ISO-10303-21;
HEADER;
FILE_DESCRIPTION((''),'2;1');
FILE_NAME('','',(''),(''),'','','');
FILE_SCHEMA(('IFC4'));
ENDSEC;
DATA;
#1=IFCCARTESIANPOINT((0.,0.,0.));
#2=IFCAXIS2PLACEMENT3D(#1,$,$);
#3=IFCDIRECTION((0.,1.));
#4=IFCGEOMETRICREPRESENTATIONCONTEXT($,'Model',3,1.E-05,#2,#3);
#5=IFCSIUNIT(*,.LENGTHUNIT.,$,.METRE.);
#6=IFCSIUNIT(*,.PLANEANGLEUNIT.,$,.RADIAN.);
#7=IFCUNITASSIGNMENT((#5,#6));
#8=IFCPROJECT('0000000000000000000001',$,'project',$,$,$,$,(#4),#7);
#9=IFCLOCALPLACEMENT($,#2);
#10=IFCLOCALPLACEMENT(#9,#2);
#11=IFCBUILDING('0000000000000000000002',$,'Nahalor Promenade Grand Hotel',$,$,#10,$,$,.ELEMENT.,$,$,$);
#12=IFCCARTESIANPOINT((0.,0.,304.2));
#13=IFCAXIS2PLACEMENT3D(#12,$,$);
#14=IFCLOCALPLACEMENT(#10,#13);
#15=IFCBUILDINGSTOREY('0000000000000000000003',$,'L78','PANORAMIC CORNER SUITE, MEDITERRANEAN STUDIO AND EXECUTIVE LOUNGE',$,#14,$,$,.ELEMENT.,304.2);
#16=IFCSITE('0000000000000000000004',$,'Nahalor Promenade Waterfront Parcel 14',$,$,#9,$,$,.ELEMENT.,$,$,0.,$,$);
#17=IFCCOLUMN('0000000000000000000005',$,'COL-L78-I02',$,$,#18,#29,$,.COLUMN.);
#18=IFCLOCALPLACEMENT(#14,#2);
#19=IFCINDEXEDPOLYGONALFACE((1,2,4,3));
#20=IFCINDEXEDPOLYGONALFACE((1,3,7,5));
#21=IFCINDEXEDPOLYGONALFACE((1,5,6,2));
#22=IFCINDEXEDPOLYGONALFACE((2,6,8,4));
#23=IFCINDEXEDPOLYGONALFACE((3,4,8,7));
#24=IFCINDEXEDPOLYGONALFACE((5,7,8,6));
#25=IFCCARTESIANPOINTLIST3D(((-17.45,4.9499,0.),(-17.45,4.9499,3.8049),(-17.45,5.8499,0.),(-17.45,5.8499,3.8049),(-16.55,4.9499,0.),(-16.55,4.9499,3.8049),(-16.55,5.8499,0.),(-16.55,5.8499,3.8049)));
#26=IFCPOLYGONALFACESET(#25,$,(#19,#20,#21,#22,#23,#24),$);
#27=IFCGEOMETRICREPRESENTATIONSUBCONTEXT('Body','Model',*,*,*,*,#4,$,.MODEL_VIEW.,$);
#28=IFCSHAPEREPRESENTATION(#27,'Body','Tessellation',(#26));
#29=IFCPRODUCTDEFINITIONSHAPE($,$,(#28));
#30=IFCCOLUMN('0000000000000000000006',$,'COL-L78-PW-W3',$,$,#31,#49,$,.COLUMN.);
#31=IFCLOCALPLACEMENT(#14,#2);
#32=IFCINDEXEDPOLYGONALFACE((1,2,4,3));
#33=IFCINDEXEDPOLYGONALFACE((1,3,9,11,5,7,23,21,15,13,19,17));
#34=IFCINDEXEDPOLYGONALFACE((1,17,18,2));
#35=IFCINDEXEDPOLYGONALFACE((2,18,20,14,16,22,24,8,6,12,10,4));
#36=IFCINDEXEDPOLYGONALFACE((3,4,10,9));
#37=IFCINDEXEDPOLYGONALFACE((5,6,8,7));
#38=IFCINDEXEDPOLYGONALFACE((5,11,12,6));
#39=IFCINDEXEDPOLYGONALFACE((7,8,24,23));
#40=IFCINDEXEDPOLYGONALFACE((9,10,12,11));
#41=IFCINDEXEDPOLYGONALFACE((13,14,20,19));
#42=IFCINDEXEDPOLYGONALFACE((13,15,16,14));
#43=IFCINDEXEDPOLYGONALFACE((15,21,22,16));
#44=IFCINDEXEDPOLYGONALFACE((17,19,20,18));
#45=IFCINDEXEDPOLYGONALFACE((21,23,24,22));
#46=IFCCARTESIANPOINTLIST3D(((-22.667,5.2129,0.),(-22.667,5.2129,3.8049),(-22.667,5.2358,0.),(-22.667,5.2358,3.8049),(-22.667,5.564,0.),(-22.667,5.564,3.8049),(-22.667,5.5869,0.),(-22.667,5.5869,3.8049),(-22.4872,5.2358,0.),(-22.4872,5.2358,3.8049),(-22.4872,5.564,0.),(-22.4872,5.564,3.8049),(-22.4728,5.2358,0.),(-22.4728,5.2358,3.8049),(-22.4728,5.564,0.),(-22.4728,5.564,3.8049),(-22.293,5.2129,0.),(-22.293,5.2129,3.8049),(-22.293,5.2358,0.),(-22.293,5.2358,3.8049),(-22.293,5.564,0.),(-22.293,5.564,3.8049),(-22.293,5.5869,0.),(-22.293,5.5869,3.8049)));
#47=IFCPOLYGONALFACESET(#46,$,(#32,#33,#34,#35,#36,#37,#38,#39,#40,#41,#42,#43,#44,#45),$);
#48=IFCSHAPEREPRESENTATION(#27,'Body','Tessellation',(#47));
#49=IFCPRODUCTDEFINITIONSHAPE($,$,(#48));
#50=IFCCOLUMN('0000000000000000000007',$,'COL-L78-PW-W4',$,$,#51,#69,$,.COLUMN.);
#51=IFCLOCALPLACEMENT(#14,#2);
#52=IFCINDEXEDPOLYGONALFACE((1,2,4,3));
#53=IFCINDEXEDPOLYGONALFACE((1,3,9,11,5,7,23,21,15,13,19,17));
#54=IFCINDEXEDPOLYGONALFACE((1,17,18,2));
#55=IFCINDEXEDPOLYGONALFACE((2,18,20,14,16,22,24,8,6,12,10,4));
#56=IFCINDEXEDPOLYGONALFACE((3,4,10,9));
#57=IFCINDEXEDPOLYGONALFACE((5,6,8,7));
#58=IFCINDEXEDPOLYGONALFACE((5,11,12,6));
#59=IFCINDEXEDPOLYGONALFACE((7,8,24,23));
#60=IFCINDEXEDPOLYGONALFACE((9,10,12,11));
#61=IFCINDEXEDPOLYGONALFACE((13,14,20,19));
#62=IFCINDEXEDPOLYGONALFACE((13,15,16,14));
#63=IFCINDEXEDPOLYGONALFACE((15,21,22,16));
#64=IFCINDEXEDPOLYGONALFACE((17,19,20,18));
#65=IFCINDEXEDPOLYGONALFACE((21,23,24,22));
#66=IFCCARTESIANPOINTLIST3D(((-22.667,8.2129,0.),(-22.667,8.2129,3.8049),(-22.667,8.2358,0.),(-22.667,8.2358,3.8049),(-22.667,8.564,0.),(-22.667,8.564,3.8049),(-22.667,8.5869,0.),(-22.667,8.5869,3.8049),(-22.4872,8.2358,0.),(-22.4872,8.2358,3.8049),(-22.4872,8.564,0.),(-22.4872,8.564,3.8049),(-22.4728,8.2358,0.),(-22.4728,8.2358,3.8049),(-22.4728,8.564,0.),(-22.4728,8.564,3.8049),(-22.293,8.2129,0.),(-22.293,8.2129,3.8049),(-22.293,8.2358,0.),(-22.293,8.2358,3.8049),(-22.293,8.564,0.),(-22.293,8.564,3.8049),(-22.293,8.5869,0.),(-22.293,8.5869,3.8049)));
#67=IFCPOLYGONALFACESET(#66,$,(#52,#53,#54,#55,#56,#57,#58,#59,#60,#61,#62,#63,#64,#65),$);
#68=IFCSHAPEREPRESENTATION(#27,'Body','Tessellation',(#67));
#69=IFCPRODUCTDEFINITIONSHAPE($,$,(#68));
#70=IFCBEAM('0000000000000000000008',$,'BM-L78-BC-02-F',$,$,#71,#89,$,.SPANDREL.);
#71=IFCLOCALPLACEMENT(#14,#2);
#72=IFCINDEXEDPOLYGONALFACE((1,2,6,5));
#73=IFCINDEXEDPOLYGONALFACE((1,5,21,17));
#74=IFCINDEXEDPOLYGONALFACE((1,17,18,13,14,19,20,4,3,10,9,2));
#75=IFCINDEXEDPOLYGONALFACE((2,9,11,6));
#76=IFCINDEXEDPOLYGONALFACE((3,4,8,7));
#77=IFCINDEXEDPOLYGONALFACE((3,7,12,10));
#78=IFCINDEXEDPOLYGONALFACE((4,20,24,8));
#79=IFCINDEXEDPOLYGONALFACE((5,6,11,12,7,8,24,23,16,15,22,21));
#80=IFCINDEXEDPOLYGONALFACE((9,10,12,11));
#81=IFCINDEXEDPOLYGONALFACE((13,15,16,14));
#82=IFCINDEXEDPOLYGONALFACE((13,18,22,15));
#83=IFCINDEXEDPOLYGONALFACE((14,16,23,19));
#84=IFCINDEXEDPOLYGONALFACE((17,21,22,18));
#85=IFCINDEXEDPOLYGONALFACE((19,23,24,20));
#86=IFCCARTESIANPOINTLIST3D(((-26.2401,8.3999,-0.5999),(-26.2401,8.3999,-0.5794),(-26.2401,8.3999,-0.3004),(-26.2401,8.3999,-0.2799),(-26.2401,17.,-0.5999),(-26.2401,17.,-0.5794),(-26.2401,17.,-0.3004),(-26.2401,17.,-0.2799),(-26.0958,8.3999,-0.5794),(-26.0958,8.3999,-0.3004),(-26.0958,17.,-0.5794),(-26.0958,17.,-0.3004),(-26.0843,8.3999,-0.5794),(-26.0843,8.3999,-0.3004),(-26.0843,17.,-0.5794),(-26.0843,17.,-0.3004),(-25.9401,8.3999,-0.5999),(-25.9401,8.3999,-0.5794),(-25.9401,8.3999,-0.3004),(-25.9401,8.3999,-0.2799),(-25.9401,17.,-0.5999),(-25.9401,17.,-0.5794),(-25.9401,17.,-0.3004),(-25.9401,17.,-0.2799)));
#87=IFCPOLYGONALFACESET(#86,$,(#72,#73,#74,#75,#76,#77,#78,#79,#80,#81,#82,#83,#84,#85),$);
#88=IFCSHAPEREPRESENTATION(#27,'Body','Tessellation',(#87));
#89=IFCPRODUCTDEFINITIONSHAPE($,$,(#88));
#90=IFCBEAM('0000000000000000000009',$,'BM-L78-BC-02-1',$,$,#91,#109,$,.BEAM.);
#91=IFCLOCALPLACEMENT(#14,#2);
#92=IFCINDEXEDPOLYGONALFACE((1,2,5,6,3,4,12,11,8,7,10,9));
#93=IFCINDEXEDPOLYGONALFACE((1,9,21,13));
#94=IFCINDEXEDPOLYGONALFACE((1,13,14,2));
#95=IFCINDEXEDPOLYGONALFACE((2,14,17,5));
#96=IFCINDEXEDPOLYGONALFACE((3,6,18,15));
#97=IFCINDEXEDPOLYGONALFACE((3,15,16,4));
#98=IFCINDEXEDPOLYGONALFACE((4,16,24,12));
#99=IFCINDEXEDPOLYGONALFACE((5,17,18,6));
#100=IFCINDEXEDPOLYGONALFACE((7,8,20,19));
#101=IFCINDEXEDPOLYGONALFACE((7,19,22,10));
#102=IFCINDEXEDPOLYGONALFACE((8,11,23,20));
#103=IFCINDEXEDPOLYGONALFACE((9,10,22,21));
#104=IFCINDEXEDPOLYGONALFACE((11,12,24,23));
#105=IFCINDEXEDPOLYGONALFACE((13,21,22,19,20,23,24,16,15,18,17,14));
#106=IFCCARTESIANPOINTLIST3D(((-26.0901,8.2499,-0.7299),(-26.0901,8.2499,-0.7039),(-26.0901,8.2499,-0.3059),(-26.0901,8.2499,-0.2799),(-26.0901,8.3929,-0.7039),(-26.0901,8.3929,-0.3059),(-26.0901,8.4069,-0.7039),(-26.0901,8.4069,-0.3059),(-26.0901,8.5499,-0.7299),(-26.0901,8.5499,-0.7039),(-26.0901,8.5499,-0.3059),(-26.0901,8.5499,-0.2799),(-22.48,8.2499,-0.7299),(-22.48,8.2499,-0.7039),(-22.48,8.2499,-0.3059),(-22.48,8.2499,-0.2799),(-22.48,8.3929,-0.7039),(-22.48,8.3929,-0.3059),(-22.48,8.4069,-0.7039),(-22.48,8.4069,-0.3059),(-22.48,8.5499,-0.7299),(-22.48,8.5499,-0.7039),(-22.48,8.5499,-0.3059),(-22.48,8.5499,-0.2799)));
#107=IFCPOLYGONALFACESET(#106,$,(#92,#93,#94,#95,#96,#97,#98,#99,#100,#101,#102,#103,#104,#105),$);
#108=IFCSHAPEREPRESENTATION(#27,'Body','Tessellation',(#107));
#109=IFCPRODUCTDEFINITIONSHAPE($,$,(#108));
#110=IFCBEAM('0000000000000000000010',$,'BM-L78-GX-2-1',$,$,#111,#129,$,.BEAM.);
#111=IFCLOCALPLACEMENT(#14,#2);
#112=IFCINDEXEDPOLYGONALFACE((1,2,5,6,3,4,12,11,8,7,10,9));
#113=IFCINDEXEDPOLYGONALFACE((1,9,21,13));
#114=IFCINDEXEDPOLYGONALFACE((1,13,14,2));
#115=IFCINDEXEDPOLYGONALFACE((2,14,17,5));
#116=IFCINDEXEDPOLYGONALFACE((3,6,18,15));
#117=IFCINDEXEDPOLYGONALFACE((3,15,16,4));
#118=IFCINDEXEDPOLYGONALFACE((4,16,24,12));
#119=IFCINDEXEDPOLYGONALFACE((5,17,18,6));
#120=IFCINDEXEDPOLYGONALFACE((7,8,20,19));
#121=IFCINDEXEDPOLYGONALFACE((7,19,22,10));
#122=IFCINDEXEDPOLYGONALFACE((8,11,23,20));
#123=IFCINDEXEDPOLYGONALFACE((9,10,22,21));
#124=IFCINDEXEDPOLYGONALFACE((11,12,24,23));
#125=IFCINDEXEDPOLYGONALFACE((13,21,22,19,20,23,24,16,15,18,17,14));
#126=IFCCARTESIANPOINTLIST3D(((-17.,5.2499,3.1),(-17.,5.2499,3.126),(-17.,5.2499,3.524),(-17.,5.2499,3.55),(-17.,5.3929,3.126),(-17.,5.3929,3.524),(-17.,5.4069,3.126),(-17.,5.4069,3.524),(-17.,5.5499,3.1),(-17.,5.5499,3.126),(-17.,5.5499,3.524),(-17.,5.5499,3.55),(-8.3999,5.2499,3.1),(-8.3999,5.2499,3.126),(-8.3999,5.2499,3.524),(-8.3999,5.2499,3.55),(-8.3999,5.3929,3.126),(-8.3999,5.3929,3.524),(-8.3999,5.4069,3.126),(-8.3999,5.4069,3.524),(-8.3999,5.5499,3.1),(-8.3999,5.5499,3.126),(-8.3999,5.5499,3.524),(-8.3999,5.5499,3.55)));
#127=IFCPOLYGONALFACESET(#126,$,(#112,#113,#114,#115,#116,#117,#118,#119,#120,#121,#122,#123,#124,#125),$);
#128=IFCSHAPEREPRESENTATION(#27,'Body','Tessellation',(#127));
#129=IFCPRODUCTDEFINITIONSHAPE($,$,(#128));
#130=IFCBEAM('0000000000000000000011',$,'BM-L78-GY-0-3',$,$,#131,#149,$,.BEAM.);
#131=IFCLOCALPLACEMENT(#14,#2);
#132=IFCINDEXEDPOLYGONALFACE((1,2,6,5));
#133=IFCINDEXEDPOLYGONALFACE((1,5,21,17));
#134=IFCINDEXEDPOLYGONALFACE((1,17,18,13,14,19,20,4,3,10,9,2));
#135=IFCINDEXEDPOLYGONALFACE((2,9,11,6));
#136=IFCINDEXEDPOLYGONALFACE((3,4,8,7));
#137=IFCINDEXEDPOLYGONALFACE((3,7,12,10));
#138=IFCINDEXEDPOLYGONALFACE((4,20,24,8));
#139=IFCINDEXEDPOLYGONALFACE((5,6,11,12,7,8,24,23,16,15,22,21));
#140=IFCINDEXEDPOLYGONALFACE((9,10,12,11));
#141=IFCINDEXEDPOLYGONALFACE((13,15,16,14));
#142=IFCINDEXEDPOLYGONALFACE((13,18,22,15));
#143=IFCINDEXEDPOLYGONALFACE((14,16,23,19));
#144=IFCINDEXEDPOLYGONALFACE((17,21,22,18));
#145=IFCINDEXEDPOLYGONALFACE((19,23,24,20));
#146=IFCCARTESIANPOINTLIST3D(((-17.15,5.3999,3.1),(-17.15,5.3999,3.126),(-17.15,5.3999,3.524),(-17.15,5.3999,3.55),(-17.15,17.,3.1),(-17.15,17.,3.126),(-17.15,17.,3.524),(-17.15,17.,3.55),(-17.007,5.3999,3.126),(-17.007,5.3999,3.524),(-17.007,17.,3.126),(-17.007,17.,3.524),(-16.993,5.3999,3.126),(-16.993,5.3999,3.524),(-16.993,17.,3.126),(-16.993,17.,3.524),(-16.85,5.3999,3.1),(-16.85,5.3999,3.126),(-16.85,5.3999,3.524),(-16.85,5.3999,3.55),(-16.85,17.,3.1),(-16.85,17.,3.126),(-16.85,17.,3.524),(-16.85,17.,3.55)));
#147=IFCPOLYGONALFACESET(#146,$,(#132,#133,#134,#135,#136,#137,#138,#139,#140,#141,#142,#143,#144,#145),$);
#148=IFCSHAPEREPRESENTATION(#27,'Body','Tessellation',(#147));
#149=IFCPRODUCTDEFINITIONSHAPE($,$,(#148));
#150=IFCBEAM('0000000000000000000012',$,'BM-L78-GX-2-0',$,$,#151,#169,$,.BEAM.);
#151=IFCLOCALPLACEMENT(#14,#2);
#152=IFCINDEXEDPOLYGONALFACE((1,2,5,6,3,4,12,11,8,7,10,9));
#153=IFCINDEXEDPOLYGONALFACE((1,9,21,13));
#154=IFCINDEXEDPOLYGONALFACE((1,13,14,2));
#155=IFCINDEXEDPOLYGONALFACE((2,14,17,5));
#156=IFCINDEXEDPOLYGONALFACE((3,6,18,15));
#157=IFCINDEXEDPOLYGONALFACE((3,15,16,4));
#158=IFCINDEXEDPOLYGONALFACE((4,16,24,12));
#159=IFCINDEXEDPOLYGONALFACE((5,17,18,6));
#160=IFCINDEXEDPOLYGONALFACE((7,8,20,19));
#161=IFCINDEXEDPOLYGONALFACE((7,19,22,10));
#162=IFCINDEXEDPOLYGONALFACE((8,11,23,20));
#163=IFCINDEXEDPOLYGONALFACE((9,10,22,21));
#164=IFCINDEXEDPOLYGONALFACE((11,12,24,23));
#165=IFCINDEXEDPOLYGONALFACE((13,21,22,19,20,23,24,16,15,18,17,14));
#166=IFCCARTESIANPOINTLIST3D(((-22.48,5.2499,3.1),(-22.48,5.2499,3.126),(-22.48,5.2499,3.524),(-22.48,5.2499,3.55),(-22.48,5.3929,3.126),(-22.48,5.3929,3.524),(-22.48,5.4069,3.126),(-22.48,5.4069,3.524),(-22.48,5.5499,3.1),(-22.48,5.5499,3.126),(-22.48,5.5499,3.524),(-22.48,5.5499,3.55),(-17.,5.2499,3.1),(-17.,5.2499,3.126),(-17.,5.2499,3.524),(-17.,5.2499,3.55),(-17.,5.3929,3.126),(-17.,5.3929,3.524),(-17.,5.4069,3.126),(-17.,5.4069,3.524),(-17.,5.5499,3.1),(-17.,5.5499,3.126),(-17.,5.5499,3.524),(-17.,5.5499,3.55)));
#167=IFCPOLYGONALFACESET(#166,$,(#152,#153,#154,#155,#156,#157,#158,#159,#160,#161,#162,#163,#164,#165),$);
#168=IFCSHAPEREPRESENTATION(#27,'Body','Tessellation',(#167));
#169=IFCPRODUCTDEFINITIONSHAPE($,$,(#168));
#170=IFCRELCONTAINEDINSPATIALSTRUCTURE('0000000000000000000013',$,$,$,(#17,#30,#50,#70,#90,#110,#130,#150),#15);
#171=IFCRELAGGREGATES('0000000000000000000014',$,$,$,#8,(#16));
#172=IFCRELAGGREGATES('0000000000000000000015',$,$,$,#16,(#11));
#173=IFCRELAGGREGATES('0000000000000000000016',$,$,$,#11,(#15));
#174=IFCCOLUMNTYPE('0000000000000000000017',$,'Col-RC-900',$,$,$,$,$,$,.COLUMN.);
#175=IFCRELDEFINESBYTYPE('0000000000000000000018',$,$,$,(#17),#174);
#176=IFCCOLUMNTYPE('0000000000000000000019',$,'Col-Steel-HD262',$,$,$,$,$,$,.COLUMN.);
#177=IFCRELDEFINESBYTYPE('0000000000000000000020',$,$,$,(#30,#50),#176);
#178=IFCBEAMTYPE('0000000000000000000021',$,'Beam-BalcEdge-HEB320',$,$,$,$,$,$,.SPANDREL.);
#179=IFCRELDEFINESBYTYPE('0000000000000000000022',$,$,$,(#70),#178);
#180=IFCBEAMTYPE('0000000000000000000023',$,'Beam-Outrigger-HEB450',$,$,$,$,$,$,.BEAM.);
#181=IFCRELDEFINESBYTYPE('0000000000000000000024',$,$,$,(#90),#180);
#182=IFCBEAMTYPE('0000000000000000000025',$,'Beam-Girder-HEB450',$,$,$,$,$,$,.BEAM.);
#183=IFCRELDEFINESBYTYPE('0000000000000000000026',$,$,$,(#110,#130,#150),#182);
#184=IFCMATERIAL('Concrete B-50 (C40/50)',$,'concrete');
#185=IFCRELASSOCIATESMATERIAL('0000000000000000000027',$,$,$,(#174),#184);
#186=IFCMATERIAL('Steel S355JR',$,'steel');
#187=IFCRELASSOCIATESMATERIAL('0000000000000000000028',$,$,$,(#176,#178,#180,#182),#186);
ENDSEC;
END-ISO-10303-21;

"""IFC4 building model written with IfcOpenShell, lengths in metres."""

from ifc_helpers import new_model, si_unit, direction, frame, origin, origin_2d, place, context, subcontext, project, spatial, rectangle, i_section, extrude, source, transform, mapped, material, material_profile, profile_set, type_object, element, save


model = new_model("IFC4")

# Units and contexts
model_context = context("Model", 3, precision=1e-05, world=origin(), true_north=direction((0.0, 1.0)))
body_context = subcontext(model_context, "Body", "Model", "MODEL_VIEW")
ifc_project = project(units=[si_unit("LENGTHUNIT", "METRE"), si_unit("PLANEANGLEUNIT", "RADIAN")], contexts=[model_context])

# Site, building, storey
site_placement = place(None, origin())
site = spatial("IfcSite", under=ifc_project, at=site_placement, Name="Nahalor Promenade Waterfront Parcel 14", CompositionType="ELEMENT", RefElevation=0.0)
building_placement = place(site_placement, origin())
building = spatial("IfcBuilding", under=site, at=building_placement, Name="Nahalor Promenade Grand Hotel", CompositionType="ELEMENT")
storey_placement = place(building_placement, frame((0.0, 0.0, 304.2)))
storey = spatial("IfcBuildingStorey", under=building, at=storey_placement, Name="L78", Description="PANORAMIC CORNER SUITE, MEDITERRANEAN STUDIO AND EXECUTIVE LOUNGE", CompositionType="ELEMENT", Elevation=304.2)

# Columns
ifc_material_1 = material(Name="Concrete B-50 (C40/50)", Category="concrete")
ifc_material_profile_1 = material_profile(ifc_material_1, rectangle(XDim=0.9, YDim=0.9, at=origin_2d()), Name="RC 900x900")
ifc_profile_set_1 = profile_set([ifc_material_profile_1], Name="Concrete B-50 (C40/50)")
column_type_1 = type_object("IfcColumnType", Name="Col-RC-900", PredefinedType="COLUMN", material=ifc_profile_set_1)
shared_shape_1 = source(origin(), body_context, "Body", "SweptSolid", [
    extrude(rectangle(XDim=0.9, YDim=0.9, at=origin_2d()), origin(), (0.0, 0.0, 1.0), 3.8049),
])
column_placement = place(storey_placement, frame((-17.0, 5.3999, 0.0), z_axis=(0.0, 0.0, 1.0), x_axis=(1.0, 0.0, 0.0)))
element("IfcColumn", 1, at=column_placement, inside=storey, type_object=column_type_1, Name="COL-L78-I02", PredefinedType="COLUMN", context=body_context, shape_type="MappedRepresentation", body=[
    mapped(shared_shape_1, transform((0.0, 0.0, 0.0), scale=1.0)),
])
ifc_material_2 = material(Name="Steel S355JR", Category="steel")
ifc_material_profile_2 = material_profile(ifc_material_2, i_section(OverallWidth=0.374, OverallDepth=0.374, WebThickness=0.0144, FlangeThickness=0.0229, at=origin_2d()), Name="HD 360x262")
ifc_profile_set_2 = profile_set([ifc_material_profile_2], Name="Steel S355JR")
column_type_2 = type_object("IfcColumnType", Name="Col-Steel-HD262", PredefinedType="COLUMN", material=ifc_profile_set_2)
shared_shape_2 = source(origin(), body_context, "Body", "SweptSolid", [
    extrude(i_section(OverallWidth=0.374, OverallDepth=0.374, WebThickness=0.0144, FlangeThickness=0.0229, at=origin_2d()), origin(), (0.0, 0.0, 1.0), 3.8049),
])
for number, where, z_axis, x_axis, name in (
    (2, (-22.48, 5.3999, 0.0), (0.0, 0.0, 1.0), (1.0, 0.0, 0.0), "COL-L78-PW-W3"),
    (3, (-22.48, 8.3999, 0.0), (0.0, 0.0, 1.0), (1.0, 0.0, 0.0), "COL-L78-PW-W4"),
):
    element("IfcColumn", number, at=place(storey_placement, frame(where, z_axis=z_axis, x_axis=x_axis)), inside=storey, type_object=column_type_2, Name=name, PredefinedType="COLUMN", context=body_context, shape_type="MappedRepresentation", body=[
        mapped(shared_shape_2, transform((0.0, 0.0, 0.0), scale=1.0)),
    ])

# Beams
ifc_material_profile_3 = material_profile(ifc_material_2, i_section(OverallWidth=0.3, OverallDepth=0.32, WebThickness=0.0115, FlangeThickness=0.0205, at=origin_2d()), Name="HEB 320")
ifc_profile_set_3 = profile_set([ifc_material_profile_3], Name="Steel S355JR")
beam_type_1 = type_object("IfcBeamType", Name="Beam-BalcEdge-HEB320", PredefinedType="SPANDREL", material=ifc_profile_set_3)
shared_shape_3 = source(origin(), body_context, "Body", "SweptSolid", [
    extrude(i_section(OverallWidth=0.3, OverallDepth=0.32, WebThickness=0.0115, FlangeThickness=0.0205, at=origin_2d()), origin(), (0.0, 0.0, 1.0), 8.6001),
])
beam_1_placement = place(storey_placement, frame((-26.0901, 8.3999, -0.4399), z_axis=(0.0, 1.0, 0.0), x_axis=(-1.0, 0.0, 0.0)))
element("IfcBeam", 4, at=beam_1_placement, inside=storey, type_object=beam_type_1, Name="BM-L78-BC-02-F", PredefinedType="SPANDREL", context=body_context, shape_type="MappedRepresentation", body=[
    mapped(shared_shape_3, transform((0.0, 0.0, 0.0), scale=1.0)),
])
ifc_material_profile_4 = material_profile(ifc_material_2, i_section(OverallWidth=0.3, OverallDepth=0.45, WebThickness=0.014, FlangeThickness=0.026, at=origin_2d()), Name="HEB 450")
ifc_profile_set_4 = profile_set([ifc_material_profile_4], Name="Steel S355JR")
beam_type_2 = type_object("IfcBeamType", Name="Beam-Outrigger-HEB450", PredefinedType="BEAM", material=ifc_profile_set_4)
shared_shape_4 = source(origin(), body_context, "Body", "SweptSolid", [
    extrude(i_section(OverallWidth=0.3, OverallDepth=0.45, WebThickness=0.014, FlangeThickness=0.026, at=origin_2d()), origin(), (0.0, 0.0, 1.0), 3.6101),
])
beam_2_placement = place(storey_placement, frame((-26.0901, 8.3999, -0.5049), z_axis=(1.0, 0.0, 0.0), x_axis=(0.0, 1.0, 0.0)))
element("IfcBeam", 5, at=beam_2_placement, inside=storey, type_object=beam_type_2, Name="BM-L78-BC-02-1", PredefinedType="BEAM", context=body_context, shape_type="MappedRepresentation", body=[
    mapped(shared_shape_4, transform((0.0, 0.0, 0.0), scale=1.0)),
])
ifc_material_profile_5 = material_profile(ifc_material_2, i_section(OverallWidth=0.3, OverallDepth=0.45, WebThickness=0.014, FlangeThickness=0.026, at=origin_2d()), Name="HEB 450")
ifc_profile_set_5 = profile_set([ifc_material_profile_5], Name="Steel S355JR")
beam_type_3 = type_object("IfcBeamType", Name="Beam-Girder-HEB450", PredefinedType="BEAM", material=ifc_profile_set_5)
shared_shape_5 = source(origin(), body_context, "Body", "SweptSolid", [
    extrude(i_section(OverallWidth=0.3, OverallDepth=0.45, WebThickness=0.014, FlangeThickness=0.026, at=origin_2d()), origin(), (0.0, 0.0, 1.0), 8.6001),
])
beam_3_placement = place(storey_placement, frame((-17.0, 5.3999, 3.325), z_axis=(1.0, 0.0, 0.0), x_axis=(0.0, 1.0, 0.0)))
element("IfcBeam", 6, at=beam_3_placement, inside=storey, type_object=beam_type_3, Name="BM-L78-GX-2-1", PredefinedType="BEAM", context=body_context, shape_type="MappedRepresentation", body=[
    mapped(shared_shape_5, transform((0.0, 0.0, 0.0), scale=1.0)),
])
shared_shape_6 = source(origin(), body_context, "Body", "SweptSolid", [
    extrude(i_section(OverallWidth=0.3, OverallDepth=0.45, WebThickness=0.014, FlangeThickness=0.026, at=origin_2d()), origin(), (0.0, 0.0, 1.0), 11.6001),
])
beam_4_placement = place(storey_placement, frame((-17.0, 5.3999, 3.325), z_axis=(0.0, 1.0, 0.0), x_axis=(-1.0, 0.0, 0.0)))
element("IfcBeam", 7, at=beam_4_placement, inside=storey, type_object=beam_type_3, Name="BM-L78-GY-0-3", PredefinedType="BEAM", context=body_context, shape_type="MappedRepresentation", body=[
    mapped(shared_shape_6, transform((0.0, 0.0, 0.0), scale=1.0)),
])
shared_shape_7 = source(origin(), body_context, "Body", "SweptSolid", [
    extrude(i_section(OverallWidth=0.3, OverallDepth=0.45, WebThickness=0.014, FlangeThickness=0.026, at=origin_2d()), origin(), (0.0, 0.0, 1.0), 5.48),
])
beam_5_placement = place(storey_placement, frame((-22.48, 5.3999, 3.325), z_axis=(1.0, 0.0, 0.0), x_axis=(0.0, 1.0, 0.0)))
element("IfcBeam", 8, at=beam_5_placement, inside=storey, type_object=beam_type_3, Name="BM-L78-GX-2-0", PredefinedType="BEAM", context=body_context, shape_type="MappedRepresentation", body=[
    mapped(shared_shape_7, transform((0.0, 0.0, 0.0), scale=1.0)),
])

save(model, "model.ifc")
